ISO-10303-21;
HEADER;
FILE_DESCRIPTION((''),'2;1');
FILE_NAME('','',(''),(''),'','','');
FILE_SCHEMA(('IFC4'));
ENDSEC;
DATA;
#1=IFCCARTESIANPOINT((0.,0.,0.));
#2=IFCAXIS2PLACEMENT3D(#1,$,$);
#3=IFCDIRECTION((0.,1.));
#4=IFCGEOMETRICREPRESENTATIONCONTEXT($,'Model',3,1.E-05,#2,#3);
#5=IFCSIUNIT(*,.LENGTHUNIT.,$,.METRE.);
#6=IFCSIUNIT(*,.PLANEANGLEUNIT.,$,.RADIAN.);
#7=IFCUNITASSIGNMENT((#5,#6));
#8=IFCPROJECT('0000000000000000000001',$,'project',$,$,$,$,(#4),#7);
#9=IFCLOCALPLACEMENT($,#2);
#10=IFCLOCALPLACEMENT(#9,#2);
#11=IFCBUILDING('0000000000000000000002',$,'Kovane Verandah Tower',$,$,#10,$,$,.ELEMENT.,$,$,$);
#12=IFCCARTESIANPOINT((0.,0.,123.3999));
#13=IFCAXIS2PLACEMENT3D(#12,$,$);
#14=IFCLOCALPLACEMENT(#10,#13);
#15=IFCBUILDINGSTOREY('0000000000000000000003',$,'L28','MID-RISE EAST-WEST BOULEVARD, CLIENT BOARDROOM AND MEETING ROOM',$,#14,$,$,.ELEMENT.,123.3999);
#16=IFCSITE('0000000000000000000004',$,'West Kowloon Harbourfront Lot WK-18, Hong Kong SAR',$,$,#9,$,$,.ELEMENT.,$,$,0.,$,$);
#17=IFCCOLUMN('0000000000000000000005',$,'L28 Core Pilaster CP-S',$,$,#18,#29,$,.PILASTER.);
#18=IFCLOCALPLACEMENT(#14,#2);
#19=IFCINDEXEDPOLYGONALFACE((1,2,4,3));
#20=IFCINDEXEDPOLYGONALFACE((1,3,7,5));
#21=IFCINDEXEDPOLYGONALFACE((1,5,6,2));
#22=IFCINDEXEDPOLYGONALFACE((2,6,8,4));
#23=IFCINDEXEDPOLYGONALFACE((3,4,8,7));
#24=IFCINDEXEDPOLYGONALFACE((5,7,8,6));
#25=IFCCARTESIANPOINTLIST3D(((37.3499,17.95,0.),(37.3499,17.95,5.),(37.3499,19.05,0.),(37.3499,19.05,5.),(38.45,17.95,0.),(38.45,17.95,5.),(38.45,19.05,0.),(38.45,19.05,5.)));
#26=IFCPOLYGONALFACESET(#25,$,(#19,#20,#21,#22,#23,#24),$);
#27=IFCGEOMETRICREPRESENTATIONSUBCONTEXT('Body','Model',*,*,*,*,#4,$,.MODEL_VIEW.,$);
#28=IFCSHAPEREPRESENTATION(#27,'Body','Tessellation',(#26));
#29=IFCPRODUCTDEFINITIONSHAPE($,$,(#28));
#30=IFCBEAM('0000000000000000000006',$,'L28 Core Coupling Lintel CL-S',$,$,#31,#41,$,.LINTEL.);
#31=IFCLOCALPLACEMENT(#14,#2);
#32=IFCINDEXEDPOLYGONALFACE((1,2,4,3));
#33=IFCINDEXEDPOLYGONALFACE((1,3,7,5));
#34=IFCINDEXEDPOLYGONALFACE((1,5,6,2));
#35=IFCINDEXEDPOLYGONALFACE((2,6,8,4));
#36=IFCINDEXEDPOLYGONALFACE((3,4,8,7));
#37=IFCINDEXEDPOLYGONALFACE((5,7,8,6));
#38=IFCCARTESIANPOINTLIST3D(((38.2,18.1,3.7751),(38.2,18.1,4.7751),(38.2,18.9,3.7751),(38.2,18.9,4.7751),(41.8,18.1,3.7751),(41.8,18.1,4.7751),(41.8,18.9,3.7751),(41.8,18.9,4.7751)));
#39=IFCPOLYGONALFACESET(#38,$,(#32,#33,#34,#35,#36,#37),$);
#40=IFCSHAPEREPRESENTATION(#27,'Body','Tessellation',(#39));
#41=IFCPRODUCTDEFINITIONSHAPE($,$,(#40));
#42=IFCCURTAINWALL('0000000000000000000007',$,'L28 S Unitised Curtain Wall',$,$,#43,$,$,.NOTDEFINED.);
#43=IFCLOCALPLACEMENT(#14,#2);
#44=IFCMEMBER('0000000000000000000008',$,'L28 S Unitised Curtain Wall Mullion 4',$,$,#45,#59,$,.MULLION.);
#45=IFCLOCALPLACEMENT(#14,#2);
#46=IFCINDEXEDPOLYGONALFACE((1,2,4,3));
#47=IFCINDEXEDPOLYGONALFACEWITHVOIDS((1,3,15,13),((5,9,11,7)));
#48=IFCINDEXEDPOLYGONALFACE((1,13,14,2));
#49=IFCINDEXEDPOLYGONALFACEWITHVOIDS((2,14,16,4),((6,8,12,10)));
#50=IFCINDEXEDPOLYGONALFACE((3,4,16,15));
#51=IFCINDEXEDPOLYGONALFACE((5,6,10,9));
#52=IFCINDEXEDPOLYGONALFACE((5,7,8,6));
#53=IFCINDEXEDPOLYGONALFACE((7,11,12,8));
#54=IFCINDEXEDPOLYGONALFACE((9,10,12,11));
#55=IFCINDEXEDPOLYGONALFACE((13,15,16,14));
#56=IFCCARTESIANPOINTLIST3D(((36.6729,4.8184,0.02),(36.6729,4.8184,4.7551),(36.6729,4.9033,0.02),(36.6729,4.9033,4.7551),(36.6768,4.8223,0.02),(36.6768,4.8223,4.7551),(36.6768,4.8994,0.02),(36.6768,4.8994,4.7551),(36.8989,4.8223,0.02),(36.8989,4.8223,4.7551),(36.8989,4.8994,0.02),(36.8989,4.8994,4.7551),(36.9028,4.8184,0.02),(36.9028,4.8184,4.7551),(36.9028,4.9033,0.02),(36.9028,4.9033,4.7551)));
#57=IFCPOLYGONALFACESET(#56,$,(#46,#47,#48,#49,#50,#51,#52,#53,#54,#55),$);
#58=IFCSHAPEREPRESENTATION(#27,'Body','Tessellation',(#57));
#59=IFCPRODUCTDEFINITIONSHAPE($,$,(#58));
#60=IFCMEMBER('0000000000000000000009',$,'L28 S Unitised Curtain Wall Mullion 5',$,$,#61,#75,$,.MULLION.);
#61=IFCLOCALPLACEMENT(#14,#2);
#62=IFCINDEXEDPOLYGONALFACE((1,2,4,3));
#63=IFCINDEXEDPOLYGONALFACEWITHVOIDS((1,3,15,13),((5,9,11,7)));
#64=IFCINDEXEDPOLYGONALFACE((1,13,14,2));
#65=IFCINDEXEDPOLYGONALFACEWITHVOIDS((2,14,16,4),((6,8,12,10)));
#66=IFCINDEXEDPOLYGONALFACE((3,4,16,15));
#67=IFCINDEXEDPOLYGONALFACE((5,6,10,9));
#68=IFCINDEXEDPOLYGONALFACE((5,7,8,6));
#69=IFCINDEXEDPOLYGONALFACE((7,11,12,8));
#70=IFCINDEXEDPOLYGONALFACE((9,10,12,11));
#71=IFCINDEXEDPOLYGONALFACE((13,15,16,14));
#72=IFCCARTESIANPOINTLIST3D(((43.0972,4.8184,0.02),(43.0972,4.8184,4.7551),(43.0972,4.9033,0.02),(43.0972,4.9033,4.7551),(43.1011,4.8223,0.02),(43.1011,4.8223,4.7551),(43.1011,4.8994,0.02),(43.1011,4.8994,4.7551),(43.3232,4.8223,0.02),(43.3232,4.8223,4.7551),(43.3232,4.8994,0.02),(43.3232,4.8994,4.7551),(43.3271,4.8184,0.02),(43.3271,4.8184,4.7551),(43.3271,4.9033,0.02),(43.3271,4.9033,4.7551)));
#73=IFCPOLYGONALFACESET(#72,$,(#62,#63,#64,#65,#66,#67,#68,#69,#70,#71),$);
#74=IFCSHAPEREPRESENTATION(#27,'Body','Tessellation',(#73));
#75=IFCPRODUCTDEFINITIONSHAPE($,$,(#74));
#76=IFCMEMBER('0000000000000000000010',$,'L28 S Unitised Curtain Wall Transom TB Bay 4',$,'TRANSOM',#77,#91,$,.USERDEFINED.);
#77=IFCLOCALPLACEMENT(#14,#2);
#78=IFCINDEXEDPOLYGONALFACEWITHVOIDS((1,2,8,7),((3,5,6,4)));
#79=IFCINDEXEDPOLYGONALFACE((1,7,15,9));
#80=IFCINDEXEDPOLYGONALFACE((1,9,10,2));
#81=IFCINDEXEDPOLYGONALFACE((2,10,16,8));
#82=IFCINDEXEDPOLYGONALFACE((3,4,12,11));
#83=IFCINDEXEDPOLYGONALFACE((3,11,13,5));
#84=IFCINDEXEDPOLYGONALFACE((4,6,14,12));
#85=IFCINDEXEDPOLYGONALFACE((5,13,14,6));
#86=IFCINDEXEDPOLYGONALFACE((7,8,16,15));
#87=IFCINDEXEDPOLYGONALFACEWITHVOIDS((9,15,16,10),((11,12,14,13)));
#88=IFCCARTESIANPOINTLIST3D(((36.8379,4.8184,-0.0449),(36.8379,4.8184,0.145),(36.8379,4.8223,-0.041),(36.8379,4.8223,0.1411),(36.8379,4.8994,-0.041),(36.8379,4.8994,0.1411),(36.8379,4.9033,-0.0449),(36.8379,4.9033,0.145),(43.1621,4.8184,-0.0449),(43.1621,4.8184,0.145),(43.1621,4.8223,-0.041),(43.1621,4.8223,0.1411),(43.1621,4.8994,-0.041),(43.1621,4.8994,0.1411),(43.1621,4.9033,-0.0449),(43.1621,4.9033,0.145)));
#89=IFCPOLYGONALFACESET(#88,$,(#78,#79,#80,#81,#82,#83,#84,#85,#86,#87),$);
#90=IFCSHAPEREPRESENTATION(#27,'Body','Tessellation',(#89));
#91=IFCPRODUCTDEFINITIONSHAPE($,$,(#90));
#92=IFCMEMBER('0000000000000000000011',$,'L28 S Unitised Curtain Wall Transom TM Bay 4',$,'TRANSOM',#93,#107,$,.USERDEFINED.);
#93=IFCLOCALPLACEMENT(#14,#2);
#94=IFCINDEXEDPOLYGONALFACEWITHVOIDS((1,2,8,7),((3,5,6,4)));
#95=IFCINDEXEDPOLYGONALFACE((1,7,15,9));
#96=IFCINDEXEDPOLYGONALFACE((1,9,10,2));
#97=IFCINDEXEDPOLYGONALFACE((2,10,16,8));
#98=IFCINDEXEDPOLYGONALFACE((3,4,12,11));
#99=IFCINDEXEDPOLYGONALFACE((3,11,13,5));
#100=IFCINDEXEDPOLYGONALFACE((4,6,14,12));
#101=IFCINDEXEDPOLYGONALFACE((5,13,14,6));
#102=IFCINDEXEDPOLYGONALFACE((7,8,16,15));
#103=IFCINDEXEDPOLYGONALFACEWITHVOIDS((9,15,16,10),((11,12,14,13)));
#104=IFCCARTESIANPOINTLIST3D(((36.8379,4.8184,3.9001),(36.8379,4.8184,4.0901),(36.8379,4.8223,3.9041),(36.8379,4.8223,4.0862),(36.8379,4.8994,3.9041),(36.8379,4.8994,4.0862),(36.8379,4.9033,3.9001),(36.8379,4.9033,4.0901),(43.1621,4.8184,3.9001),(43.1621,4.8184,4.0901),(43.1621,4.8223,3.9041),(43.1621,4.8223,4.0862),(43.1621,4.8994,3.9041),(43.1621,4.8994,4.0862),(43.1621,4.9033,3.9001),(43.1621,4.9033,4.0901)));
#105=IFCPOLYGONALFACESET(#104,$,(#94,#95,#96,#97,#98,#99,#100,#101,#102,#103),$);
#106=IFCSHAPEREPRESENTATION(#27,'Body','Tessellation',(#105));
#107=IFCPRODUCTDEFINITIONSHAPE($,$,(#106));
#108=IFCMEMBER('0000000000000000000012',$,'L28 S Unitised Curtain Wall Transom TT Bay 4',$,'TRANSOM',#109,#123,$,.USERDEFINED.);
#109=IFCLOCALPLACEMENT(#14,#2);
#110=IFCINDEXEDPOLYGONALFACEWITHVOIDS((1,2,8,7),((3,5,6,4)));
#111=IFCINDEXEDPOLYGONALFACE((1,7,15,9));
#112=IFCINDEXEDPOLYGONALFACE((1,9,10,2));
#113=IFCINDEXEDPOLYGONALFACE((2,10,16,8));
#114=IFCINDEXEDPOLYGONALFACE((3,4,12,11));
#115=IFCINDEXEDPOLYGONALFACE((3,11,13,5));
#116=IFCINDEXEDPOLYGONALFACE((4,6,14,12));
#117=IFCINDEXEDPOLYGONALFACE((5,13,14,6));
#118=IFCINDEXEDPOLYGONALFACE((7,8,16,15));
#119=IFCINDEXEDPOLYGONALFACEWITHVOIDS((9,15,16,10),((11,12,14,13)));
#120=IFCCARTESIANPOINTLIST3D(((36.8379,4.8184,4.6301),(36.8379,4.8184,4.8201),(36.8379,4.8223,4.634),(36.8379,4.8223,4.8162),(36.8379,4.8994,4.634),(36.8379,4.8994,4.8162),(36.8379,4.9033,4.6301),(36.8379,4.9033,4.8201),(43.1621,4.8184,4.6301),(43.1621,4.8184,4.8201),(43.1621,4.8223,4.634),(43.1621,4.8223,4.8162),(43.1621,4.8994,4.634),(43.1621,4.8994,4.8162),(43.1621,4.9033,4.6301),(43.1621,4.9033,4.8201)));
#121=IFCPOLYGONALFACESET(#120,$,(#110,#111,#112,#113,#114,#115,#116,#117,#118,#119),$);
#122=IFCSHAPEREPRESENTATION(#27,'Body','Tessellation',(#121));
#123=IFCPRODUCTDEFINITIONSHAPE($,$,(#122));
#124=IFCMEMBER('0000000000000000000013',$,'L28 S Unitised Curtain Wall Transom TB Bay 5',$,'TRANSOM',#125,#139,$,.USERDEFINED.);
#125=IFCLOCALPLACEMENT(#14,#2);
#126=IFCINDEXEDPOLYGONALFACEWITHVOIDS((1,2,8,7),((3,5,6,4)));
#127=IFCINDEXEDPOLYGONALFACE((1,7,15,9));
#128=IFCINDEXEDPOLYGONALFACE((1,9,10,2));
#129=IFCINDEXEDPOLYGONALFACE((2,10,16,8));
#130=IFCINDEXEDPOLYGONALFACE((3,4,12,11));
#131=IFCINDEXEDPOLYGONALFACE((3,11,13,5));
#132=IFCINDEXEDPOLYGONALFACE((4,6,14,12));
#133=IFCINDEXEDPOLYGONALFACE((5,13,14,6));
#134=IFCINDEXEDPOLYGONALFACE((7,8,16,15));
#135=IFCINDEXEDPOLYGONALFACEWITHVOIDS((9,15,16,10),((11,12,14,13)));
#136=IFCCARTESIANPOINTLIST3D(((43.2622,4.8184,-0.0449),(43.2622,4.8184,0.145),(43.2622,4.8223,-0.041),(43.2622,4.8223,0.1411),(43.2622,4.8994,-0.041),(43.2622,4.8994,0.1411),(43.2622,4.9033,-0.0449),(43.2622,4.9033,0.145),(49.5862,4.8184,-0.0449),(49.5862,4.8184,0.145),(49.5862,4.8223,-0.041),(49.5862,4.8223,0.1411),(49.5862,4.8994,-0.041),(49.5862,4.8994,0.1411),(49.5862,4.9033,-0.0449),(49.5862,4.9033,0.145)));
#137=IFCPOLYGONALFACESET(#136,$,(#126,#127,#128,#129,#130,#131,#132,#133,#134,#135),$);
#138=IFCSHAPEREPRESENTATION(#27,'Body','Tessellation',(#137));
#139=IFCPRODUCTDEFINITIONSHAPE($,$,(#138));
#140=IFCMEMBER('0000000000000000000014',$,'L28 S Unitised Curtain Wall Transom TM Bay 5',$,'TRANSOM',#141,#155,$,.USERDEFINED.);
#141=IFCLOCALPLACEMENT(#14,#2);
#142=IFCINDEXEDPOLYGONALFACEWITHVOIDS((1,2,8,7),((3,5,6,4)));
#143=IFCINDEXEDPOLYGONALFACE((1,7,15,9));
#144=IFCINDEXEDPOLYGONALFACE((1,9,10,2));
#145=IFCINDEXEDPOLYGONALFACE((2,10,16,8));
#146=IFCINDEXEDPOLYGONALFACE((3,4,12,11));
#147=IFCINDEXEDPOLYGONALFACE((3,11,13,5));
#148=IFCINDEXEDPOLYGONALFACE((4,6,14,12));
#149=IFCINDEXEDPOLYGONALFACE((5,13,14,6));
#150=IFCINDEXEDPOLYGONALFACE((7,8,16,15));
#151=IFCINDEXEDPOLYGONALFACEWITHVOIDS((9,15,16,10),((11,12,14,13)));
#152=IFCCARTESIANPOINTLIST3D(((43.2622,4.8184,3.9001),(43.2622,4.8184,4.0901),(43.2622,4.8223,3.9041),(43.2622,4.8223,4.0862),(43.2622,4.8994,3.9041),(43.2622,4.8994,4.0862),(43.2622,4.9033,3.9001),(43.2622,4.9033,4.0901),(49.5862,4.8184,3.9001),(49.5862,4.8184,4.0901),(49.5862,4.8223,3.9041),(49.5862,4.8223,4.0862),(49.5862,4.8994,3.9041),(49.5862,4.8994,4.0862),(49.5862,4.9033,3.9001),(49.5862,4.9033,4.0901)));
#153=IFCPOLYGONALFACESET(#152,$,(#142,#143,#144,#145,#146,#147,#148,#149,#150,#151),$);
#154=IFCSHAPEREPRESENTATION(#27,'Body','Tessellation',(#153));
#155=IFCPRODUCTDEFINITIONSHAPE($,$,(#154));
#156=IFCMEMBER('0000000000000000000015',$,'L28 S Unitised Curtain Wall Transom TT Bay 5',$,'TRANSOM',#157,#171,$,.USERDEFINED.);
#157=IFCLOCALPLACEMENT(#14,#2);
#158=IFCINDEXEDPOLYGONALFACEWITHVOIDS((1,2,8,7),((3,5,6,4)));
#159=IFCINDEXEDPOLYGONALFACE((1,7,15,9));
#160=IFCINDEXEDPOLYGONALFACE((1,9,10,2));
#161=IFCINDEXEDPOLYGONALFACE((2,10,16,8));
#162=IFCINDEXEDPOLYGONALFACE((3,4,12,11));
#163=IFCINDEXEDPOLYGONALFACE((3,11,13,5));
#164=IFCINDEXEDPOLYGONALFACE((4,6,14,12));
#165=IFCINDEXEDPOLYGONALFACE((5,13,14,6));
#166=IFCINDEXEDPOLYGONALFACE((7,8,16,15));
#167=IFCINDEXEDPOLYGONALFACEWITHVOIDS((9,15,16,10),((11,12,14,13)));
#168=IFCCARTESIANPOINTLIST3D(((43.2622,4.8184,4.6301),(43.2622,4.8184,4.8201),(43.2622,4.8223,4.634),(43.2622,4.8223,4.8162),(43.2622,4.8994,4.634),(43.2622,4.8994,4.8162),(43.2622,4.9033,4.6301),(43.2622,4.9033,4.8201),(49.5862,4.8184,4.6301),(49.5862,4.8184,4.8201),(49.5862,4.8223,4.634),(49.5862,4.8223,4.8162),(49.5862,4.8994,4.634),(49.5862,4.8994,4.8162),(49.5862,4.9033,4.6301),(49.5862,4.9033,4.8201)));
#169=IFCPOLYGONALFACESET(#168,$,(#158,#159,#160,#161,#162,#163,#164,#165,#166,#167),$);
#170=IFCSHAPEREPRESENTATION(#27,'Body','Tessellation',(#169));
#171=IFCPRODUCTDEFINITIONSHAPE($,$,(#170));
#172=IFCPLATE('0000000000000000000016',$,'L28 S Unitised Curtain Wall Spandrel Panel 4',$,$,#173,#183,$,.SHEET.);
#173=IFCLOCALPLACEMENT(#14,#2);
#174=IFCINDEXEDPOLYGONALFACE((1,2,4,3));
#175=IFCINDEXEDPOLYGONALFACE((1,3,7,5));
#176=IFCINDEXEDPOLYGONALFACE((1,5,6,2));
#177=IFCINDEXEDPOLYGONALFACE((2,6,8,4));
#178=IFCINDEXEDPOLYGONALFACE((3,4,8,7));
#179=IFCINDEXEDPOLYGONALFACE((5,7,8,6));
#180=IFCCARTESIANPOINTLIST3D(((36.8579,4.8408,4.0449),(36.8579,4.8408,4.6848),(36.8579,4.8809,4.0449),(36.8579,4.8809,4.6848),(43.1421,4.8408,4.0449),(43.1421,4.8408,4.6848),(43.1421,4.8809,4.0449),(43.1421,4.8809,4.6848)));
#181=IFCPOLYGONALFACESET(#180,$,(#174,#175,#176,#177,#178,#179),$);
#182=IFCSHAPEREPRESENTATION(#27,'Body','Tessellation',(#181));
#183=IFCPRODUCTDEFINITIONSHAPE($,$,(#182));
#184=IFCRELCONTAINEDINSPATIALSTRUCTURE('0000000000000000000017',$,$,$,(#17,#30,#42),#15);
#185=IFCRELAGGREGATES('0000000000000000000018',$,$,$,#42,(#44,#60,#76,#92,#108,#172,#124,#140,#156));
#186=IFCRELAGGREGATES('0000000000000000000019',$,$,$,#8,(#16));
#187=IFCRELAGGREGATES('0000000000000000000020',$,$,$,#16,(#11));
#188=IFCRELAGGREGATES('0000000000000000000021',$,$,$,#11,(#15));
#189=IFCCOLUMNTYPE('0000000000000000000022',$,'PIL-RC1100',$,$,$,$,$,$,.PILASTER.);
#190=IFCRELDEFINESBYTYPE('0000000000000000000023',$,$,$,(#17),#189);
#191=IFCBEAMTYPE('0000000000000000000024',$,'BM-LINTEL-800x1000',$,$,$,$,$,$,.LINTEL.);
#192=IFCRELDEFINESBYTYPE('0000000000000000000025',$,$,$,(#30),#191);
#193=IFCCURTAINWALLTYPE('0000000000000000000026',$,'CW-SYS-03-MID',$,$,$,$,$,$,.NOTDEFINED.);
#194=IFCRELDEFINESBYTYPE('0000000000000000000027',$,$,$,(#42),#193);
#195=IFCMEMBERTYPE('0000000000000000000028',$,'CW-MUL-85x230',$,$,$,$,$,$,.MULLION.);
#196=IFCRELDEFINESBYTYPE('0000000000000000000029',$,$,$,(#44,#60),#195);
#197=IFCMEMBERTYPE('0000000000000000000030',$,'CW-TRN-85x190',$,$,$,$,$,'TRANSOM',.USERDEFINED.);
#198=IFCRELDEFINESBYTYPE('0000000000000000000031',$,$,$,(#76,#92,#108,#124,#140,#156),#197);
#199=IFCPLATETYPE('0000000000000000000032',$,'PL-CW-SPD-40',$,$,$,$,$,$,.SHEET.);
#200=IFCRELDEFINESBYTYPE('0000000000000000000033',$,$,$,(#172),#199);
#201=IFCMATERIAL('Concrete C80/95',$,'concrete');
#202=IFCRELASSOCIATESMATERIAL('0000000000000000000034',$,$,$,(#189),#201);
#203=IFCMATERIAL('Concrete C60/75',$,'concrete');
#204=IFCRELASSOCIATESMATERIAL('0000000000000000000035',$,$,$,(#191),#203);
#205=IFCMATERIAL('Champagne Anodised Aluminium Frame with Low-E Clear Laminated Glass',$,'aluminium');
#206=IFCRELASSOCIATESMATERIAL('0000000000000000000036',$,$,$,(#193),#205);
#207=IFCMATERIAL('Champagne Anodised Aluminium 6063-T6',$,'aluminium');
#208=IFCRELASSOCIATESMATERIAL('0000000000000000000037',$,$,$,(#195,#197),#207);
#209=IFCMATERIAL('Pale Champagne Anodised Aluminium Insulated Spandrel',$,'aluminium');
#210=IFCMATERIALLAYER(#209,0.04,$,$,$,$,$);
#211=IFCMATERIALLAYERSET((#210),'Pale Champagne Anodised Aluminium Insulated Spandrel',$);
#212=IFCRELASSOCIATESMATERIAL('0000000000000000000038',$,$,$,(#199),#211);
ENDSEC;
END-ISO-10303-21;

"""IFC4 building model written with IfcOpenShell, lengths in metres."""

from ifc_helpers import new_model, si_unit, direction, frame, origin, origin_2d, place, context, subcontext, project, spatial, rectangle, hollow_rectangle, extrude, material, layer, layer_set, material_profile, profile_set, type_object, element, aggregate, save


model = new_model("IFC4")

# Units and contexts
model_context = context("Model", 3, precision=1e-05, world=origin(), true_north=direction((0.0, 1.0)))
body_context = subcontext(model_context, "Body", "Model", "MODEL_VIEW")
ifc_project = project(units=[si_unit("LENGTHUNIT", "METRE"), si_unit("PLANEANGLEUNIT", "RADIAN")], contexts=[model_context])

# Site, building, storey
site_placement = place(None, origin())
site = spatial("IfcSite", under=ifc_project, at=site_placement, Name="West Kowloon Harbourfront Lot WK-18, Hong Kong SAR", CompositionType="ELEMENT", RefElevation=0.0)
building_placement = place(site_placement, origin())
building = spatial("IfcBuilding", under=site, at=building_placement, Name="Kovane Verandah Tower", CompositionType="ELEMENT")
storey_placement = place(building_placement, frame((0.0, 0.0, 123.3999)))
storey = spatial("IfcBuildingStorey", under=building, at=storey_placement, Name="L28", Description="MID-RISE EAST-WEST BOULEVARD, CLIENT BOARDROOM AND MEETING ROOM", CompositionType="ELEMENT", Elevation=123.3999)

# Column
ifc_material_1 = material(Name="Concrete C80/95", Category="concrete")
ifc_material_profile_1 = material_profile(ifc_material_1, rectangle(XDim=1.1001, YDim=1.1001, at=origin_2d()), Name="RC1100x1100")
ifc_profile_set_1 = profile_set([ifc_material_profile_1], Name="Concrete C80/95")
column_type = type_object("IfcColumnType", Name="PIL-RC1100", PredefinedType="PILASTER", material=ifc_profile_set_1)
column_placement = place(storey_placement, frame((37.8999, 18.5, 0.0), z_axis=(0.0, 0.0, 1.0), x_axis=(1.0, 0.0, 0.0)))
element("IfcColumn", 1, at=column_placement, inside=storey, type_object=column_type, Name="L28 Core Pilaster CP-S", PredefinedType="PILASTER", context=body_context, shape_type="SweptSolid", body=[
    extrude(rectangle(XDim=1.1001, YDim=1.1001, at=origin_2d()), origin(), (0.0, 0.0, 1.0), 5.0),
])

# Beam
ifc_material_2 = material(Name="Concrete C60/75", Category="concrete")
ifc_material_profile_2 = material_profile(ifc_material_2, rectangle(XDim=0.8, YDim=1.0, at=origin_2d()), Name="RCB800x1000")
ifc_profile_set_2 = profile_set([ifc_material_profile_2], Name="Concrete C60/75")
beam_type = type_object("IfcBeamType", Name="BM-LINTEL-800x1000", PredefinedType="LINTEL", material=ifc_profile_set_2)
beam_placement = place(storey_placement, frame((38.2, 18.5, 4.2751), z_axis=(1.0, 0.0, 0.0), x_axis=(0.0, 1.0, 0.0)))
element("IfcBeam", 2, at=beam_placement, inside=storey, type_object=beam_type, Name="L28 Core Coupling Lintel CL-S", PredefinedType="LINTEL", context=body_context, shape_type="SweptSolid", body=[
    extrude(rectangle(XDim=0.8, YDim=1.0, at=origin_2d()), origin(), (0.0, 0.0, 1.0), 3.6001),
])

# Curtain wall, members, plate
ifc_material_3 = material(Name="Champagne Anodised Aluminium Frame with Low-E Clear Laminated Glass", Category="aluminium")
curtain_wall_type = type_object("IfcCurtainWallType", Name="CW-SYS-03-MID", PredefinedType="NOTDEFINED", material=ifc_material_3)
curtain_wall_placement = place(storey_placement, origin())
curtain_wall = element("IfcCurtainWall", 3, at=curtain_wall_placement, inside=storey, type_object=curtain_wall_type, Name="L28 S Unitised Curtain Wall", PredefinedType="NOTDEFINED")
ifc_material_4 = material(Name="Champagne Anodised Aluminium 6063-T6", Category="aluminium")
ifc_material_profile_3 = material_profile(ifc_material_4, hollow_rectangle(XDim=0.085, YDim=0.23, WallThickness=0.0039, at=origin_2d()), Name="AL85x230x4")
ifc_profile_set_3 = profile_set([ifc_material_profile_3], Name="Champagne Anodised Aluminium 6063-T6")
member_type_1 = type_object("IfcMemberType", Name="CW-MUL-85x230", PredefinedType="MULLION", material=ifc_profile_set_3)
member_1_placement = place(storey_placement, frame((36.7878, 4.8608, 0.02), z_axis=(0.0, 0.0, 1.0), x_axis=(0.0, -1.0, 0.0)))
member_1 = element("IfcMember", 4, at=member_1_placement, type_object=member_type_1, Name="L28 S Unitised Curtain Wall Mullion 4", PredefinedType="MULLION", context=body_context, shape_type="SweptSolid", body=[
    extrude(hollow_rectangle(XDim=0.085, YDim=0.23, WallThickness=0.0039, at=origin_2d()), origin(), (0.0, 0.0, 1.0), 4.7351),
])
member_2_placement = place(storey_placement, frame((43.2122, 4.8608, 0.02), z_axis=(0.0, 0.0, 1.0), x_axis=(0.0, -1.0, 0.0)))
member_2 = element("IfcMember", 5, at=member_2_placement, type_object=member_type_1, Name="L28 S Unitised Curtain Wall Mullion 5", PredefinedType="MULLION", context=body_context, shape_type="SweptSolid", body=[
    extrude(hollow_rectangle(XDim=0.085, YDim=0.23, WallThickness=0.0039, at=origin_2d()), origin(), (0.0, 0.0, 1.0), 4.7351),
])
ifc_material_profile_4 = material_profile(ifc_material_4, hollow_rectangle(XDim=0.085, YDim=0.1899, WallThickness=0.0039, at=origin_2d()), Name="AL85x190x4")
ifc_profile_set_4 = profile_set([ifc_material_profile_4], Name="Champagne Anodised Aluminium 6063-T6")
member_type_2 = type_object("IfcMemberType", Name="CW-TRN-85x190", ElementType="TRANSOM", PredefinedType="USERDEFINED", material=ifc_profile_set_4)
member_3_placement = place(storey_placement, frame((36.8379, 4.8608, 0.05), z_axis=(1.0, 0.0, 0.0), x_axis=(0.0, 1.0, 0.0)))
member_3 = element("IfcMember", 6, at=member_3_placement, type_object=member_type_2, Name="L28 S Unitised Curtain Wall Transom TB Bay 4", ObjectType="TRANSOM", PredefinedType="USERDEFINED", context=body_context, shape_type="SweptSolid", body=[
    extrude(hollow_rectangle(XDim=0.085, YDim=0.1899, WallThickness=0.0039, at=origin_2d()), origin(), (0.0, 0.0, 1.0), 6.3242),
])
member_4_placement = place(storey_placement, frame((36.8379, 4.8608, 3.9951), z_axis=(1.0, 0.0, 0.0), x_axis=(0.0, 1.0, 0.0)))
member_4 = element("IfcMember", 7, at=member_4_placement, type_object=member_type_2, Name="L28 S Unitised Curtain Wall Transom TM Bay 4", ObjectType="TRANSOM", PredefinedType="USERDEFINED", context=body_context, shape_type="SweptSolid", body=[
    extrude(hollow_rectangle(XDim=0.085, YDim=0.1899, WallThickness=0.0039, at=origin_2d()), origin(), (0.0, 0.0, 1.0), 6.3242),
])
member_5_placement = place(storey_placement, frame((36.8379, 4.8608, 4.7251), z_axis=(1.0, 0.0, 0.0), x_axis=(0.0, 1.0, 0.0)))
member_5 = element("IfcMember", 8, at=member_5_placement, type_object=member_type_2, Name="L28 S Unitised Curtain Wall Transom TT Bay 4", ObjectType="TRANSOM", PredefinedType="USERDEFINED", context=body_context, shape_type="SweptSolid", body=[
    extrude(hollow_rectangle(XDim=0.085, YDim=0.1899, WallThickness=0.0039, at=origin_2d()), origin(), (0.0, 0.0, 1.0), 6.3242),
])
member_6_placement = place(storey_placement, frame((43.2622, 4.8608, 0.05), z_axis=(1.0, 0.0, 0.0), x_axis=(0.0, 1.0, 0.0)))
member_6 = element("IfcMember", 9, at=member_6_placement, type_object=member_type_2, Name="L28 S Unitised Curtain Wall Transom TB Bay 5", ObjectType="TRANSOM", PredefinedType="USERDEFINED", context=body_context, shape_type="SweptSolid", body=[
    extrude(hollow_rectangle(XDim=0.085, YDim=0.1899, WallThickness=0.0039, at=origin_2d()), origin(), (0.0, 0.0, 1.0), 6.324),
])
member_7_placement = place(storey_placement, frame((43.2622, 4.8608, 3.9951), z_axis=(1.0, 0.0, 0.0), x_axis=(0.0, 1.0, 0.0)))
member_7 = element("IfcMember", 10, at=member_7_placement, type_object=member_type_2, Name="L28 S Unitised Curtain Wall Transom TM Bay 5", ObjectType="TRANSOM", PredefinedType="USERDEFINED", context=body_context, shape_type="SweptSolid", body=[
    extrude(hollow_rectangle(XDim=0.085, YDim=0.1899, WallThickness=0.0039, at=origin_2d()), origin(), (0.0, 0.0, 1.0), 6.324),
])
member_8_placement = place(storey_placement, frame((43.2622, 4.8608, 4.7251), z_axis=(1.0, 0.0, 0.0), x_axis=(0.0, 1.0, 0.0)))
member_8 = element("IfcMember", 11, at=member_8_placement, type_object=member_type_2, Name="L28 S Unitised Curtain Wall Transom TT Bay 5", ObjectType="TRANSOM", PredefinedType="USERDEFINED", context=body_context, shape_type="SweptSolid", body=[
    extrude(hollow_rectangle(XDim=0.085, YDim=0.1899, WallThickness=0.0039, at=origin_2d()), origin(), (0.0, 0.0, 1.0), 6.324),
])
ifc_material_5 = material(Name="Pale Champagne Anodised Aluminium Insulated Spandrel", Category="aluminium")
ifc_layer_1 = layer(ifc_material_5, 0.04)
ifc_layer_set_1 = layer_set([ifc_layer_1], Name="Pale Champagne Anodised Aluminium Insulated Spandrel")
plate_type_1 = type_object("IfcPlateType", Name="PL-CW-SPD-40", PredefinedType="SHEET", material=ifc_layer_set_1)
plate_1_placement = place(storey_placement, frame((40.0, 4.8608, 4.0449), z_axis=(0.0, 0.0, 1.0), x_axis=(1.0, 0.0, 0.0)))
plate_1 = element("IfcPlate", 12, at=plate_1_placement, type_object=plate_type_1, Name="L28 S Unitised Curtain Wall Spandrel Panel 4", PredefinedType="SHEET", context=body_context, shape_type="SweptSolid", body=[
    extrude(rectangle(XDim=6.2842, YDim=0.04, at=origin_2d()), origin(), (0.0, 0.0, 1.0), 0.6399),
])
aggregate(curtain_wall, [member_1, member_2, member_3, member_4, member_5, plate_1, member_6, member_7, member_8])

save(model, "model.ifc")
